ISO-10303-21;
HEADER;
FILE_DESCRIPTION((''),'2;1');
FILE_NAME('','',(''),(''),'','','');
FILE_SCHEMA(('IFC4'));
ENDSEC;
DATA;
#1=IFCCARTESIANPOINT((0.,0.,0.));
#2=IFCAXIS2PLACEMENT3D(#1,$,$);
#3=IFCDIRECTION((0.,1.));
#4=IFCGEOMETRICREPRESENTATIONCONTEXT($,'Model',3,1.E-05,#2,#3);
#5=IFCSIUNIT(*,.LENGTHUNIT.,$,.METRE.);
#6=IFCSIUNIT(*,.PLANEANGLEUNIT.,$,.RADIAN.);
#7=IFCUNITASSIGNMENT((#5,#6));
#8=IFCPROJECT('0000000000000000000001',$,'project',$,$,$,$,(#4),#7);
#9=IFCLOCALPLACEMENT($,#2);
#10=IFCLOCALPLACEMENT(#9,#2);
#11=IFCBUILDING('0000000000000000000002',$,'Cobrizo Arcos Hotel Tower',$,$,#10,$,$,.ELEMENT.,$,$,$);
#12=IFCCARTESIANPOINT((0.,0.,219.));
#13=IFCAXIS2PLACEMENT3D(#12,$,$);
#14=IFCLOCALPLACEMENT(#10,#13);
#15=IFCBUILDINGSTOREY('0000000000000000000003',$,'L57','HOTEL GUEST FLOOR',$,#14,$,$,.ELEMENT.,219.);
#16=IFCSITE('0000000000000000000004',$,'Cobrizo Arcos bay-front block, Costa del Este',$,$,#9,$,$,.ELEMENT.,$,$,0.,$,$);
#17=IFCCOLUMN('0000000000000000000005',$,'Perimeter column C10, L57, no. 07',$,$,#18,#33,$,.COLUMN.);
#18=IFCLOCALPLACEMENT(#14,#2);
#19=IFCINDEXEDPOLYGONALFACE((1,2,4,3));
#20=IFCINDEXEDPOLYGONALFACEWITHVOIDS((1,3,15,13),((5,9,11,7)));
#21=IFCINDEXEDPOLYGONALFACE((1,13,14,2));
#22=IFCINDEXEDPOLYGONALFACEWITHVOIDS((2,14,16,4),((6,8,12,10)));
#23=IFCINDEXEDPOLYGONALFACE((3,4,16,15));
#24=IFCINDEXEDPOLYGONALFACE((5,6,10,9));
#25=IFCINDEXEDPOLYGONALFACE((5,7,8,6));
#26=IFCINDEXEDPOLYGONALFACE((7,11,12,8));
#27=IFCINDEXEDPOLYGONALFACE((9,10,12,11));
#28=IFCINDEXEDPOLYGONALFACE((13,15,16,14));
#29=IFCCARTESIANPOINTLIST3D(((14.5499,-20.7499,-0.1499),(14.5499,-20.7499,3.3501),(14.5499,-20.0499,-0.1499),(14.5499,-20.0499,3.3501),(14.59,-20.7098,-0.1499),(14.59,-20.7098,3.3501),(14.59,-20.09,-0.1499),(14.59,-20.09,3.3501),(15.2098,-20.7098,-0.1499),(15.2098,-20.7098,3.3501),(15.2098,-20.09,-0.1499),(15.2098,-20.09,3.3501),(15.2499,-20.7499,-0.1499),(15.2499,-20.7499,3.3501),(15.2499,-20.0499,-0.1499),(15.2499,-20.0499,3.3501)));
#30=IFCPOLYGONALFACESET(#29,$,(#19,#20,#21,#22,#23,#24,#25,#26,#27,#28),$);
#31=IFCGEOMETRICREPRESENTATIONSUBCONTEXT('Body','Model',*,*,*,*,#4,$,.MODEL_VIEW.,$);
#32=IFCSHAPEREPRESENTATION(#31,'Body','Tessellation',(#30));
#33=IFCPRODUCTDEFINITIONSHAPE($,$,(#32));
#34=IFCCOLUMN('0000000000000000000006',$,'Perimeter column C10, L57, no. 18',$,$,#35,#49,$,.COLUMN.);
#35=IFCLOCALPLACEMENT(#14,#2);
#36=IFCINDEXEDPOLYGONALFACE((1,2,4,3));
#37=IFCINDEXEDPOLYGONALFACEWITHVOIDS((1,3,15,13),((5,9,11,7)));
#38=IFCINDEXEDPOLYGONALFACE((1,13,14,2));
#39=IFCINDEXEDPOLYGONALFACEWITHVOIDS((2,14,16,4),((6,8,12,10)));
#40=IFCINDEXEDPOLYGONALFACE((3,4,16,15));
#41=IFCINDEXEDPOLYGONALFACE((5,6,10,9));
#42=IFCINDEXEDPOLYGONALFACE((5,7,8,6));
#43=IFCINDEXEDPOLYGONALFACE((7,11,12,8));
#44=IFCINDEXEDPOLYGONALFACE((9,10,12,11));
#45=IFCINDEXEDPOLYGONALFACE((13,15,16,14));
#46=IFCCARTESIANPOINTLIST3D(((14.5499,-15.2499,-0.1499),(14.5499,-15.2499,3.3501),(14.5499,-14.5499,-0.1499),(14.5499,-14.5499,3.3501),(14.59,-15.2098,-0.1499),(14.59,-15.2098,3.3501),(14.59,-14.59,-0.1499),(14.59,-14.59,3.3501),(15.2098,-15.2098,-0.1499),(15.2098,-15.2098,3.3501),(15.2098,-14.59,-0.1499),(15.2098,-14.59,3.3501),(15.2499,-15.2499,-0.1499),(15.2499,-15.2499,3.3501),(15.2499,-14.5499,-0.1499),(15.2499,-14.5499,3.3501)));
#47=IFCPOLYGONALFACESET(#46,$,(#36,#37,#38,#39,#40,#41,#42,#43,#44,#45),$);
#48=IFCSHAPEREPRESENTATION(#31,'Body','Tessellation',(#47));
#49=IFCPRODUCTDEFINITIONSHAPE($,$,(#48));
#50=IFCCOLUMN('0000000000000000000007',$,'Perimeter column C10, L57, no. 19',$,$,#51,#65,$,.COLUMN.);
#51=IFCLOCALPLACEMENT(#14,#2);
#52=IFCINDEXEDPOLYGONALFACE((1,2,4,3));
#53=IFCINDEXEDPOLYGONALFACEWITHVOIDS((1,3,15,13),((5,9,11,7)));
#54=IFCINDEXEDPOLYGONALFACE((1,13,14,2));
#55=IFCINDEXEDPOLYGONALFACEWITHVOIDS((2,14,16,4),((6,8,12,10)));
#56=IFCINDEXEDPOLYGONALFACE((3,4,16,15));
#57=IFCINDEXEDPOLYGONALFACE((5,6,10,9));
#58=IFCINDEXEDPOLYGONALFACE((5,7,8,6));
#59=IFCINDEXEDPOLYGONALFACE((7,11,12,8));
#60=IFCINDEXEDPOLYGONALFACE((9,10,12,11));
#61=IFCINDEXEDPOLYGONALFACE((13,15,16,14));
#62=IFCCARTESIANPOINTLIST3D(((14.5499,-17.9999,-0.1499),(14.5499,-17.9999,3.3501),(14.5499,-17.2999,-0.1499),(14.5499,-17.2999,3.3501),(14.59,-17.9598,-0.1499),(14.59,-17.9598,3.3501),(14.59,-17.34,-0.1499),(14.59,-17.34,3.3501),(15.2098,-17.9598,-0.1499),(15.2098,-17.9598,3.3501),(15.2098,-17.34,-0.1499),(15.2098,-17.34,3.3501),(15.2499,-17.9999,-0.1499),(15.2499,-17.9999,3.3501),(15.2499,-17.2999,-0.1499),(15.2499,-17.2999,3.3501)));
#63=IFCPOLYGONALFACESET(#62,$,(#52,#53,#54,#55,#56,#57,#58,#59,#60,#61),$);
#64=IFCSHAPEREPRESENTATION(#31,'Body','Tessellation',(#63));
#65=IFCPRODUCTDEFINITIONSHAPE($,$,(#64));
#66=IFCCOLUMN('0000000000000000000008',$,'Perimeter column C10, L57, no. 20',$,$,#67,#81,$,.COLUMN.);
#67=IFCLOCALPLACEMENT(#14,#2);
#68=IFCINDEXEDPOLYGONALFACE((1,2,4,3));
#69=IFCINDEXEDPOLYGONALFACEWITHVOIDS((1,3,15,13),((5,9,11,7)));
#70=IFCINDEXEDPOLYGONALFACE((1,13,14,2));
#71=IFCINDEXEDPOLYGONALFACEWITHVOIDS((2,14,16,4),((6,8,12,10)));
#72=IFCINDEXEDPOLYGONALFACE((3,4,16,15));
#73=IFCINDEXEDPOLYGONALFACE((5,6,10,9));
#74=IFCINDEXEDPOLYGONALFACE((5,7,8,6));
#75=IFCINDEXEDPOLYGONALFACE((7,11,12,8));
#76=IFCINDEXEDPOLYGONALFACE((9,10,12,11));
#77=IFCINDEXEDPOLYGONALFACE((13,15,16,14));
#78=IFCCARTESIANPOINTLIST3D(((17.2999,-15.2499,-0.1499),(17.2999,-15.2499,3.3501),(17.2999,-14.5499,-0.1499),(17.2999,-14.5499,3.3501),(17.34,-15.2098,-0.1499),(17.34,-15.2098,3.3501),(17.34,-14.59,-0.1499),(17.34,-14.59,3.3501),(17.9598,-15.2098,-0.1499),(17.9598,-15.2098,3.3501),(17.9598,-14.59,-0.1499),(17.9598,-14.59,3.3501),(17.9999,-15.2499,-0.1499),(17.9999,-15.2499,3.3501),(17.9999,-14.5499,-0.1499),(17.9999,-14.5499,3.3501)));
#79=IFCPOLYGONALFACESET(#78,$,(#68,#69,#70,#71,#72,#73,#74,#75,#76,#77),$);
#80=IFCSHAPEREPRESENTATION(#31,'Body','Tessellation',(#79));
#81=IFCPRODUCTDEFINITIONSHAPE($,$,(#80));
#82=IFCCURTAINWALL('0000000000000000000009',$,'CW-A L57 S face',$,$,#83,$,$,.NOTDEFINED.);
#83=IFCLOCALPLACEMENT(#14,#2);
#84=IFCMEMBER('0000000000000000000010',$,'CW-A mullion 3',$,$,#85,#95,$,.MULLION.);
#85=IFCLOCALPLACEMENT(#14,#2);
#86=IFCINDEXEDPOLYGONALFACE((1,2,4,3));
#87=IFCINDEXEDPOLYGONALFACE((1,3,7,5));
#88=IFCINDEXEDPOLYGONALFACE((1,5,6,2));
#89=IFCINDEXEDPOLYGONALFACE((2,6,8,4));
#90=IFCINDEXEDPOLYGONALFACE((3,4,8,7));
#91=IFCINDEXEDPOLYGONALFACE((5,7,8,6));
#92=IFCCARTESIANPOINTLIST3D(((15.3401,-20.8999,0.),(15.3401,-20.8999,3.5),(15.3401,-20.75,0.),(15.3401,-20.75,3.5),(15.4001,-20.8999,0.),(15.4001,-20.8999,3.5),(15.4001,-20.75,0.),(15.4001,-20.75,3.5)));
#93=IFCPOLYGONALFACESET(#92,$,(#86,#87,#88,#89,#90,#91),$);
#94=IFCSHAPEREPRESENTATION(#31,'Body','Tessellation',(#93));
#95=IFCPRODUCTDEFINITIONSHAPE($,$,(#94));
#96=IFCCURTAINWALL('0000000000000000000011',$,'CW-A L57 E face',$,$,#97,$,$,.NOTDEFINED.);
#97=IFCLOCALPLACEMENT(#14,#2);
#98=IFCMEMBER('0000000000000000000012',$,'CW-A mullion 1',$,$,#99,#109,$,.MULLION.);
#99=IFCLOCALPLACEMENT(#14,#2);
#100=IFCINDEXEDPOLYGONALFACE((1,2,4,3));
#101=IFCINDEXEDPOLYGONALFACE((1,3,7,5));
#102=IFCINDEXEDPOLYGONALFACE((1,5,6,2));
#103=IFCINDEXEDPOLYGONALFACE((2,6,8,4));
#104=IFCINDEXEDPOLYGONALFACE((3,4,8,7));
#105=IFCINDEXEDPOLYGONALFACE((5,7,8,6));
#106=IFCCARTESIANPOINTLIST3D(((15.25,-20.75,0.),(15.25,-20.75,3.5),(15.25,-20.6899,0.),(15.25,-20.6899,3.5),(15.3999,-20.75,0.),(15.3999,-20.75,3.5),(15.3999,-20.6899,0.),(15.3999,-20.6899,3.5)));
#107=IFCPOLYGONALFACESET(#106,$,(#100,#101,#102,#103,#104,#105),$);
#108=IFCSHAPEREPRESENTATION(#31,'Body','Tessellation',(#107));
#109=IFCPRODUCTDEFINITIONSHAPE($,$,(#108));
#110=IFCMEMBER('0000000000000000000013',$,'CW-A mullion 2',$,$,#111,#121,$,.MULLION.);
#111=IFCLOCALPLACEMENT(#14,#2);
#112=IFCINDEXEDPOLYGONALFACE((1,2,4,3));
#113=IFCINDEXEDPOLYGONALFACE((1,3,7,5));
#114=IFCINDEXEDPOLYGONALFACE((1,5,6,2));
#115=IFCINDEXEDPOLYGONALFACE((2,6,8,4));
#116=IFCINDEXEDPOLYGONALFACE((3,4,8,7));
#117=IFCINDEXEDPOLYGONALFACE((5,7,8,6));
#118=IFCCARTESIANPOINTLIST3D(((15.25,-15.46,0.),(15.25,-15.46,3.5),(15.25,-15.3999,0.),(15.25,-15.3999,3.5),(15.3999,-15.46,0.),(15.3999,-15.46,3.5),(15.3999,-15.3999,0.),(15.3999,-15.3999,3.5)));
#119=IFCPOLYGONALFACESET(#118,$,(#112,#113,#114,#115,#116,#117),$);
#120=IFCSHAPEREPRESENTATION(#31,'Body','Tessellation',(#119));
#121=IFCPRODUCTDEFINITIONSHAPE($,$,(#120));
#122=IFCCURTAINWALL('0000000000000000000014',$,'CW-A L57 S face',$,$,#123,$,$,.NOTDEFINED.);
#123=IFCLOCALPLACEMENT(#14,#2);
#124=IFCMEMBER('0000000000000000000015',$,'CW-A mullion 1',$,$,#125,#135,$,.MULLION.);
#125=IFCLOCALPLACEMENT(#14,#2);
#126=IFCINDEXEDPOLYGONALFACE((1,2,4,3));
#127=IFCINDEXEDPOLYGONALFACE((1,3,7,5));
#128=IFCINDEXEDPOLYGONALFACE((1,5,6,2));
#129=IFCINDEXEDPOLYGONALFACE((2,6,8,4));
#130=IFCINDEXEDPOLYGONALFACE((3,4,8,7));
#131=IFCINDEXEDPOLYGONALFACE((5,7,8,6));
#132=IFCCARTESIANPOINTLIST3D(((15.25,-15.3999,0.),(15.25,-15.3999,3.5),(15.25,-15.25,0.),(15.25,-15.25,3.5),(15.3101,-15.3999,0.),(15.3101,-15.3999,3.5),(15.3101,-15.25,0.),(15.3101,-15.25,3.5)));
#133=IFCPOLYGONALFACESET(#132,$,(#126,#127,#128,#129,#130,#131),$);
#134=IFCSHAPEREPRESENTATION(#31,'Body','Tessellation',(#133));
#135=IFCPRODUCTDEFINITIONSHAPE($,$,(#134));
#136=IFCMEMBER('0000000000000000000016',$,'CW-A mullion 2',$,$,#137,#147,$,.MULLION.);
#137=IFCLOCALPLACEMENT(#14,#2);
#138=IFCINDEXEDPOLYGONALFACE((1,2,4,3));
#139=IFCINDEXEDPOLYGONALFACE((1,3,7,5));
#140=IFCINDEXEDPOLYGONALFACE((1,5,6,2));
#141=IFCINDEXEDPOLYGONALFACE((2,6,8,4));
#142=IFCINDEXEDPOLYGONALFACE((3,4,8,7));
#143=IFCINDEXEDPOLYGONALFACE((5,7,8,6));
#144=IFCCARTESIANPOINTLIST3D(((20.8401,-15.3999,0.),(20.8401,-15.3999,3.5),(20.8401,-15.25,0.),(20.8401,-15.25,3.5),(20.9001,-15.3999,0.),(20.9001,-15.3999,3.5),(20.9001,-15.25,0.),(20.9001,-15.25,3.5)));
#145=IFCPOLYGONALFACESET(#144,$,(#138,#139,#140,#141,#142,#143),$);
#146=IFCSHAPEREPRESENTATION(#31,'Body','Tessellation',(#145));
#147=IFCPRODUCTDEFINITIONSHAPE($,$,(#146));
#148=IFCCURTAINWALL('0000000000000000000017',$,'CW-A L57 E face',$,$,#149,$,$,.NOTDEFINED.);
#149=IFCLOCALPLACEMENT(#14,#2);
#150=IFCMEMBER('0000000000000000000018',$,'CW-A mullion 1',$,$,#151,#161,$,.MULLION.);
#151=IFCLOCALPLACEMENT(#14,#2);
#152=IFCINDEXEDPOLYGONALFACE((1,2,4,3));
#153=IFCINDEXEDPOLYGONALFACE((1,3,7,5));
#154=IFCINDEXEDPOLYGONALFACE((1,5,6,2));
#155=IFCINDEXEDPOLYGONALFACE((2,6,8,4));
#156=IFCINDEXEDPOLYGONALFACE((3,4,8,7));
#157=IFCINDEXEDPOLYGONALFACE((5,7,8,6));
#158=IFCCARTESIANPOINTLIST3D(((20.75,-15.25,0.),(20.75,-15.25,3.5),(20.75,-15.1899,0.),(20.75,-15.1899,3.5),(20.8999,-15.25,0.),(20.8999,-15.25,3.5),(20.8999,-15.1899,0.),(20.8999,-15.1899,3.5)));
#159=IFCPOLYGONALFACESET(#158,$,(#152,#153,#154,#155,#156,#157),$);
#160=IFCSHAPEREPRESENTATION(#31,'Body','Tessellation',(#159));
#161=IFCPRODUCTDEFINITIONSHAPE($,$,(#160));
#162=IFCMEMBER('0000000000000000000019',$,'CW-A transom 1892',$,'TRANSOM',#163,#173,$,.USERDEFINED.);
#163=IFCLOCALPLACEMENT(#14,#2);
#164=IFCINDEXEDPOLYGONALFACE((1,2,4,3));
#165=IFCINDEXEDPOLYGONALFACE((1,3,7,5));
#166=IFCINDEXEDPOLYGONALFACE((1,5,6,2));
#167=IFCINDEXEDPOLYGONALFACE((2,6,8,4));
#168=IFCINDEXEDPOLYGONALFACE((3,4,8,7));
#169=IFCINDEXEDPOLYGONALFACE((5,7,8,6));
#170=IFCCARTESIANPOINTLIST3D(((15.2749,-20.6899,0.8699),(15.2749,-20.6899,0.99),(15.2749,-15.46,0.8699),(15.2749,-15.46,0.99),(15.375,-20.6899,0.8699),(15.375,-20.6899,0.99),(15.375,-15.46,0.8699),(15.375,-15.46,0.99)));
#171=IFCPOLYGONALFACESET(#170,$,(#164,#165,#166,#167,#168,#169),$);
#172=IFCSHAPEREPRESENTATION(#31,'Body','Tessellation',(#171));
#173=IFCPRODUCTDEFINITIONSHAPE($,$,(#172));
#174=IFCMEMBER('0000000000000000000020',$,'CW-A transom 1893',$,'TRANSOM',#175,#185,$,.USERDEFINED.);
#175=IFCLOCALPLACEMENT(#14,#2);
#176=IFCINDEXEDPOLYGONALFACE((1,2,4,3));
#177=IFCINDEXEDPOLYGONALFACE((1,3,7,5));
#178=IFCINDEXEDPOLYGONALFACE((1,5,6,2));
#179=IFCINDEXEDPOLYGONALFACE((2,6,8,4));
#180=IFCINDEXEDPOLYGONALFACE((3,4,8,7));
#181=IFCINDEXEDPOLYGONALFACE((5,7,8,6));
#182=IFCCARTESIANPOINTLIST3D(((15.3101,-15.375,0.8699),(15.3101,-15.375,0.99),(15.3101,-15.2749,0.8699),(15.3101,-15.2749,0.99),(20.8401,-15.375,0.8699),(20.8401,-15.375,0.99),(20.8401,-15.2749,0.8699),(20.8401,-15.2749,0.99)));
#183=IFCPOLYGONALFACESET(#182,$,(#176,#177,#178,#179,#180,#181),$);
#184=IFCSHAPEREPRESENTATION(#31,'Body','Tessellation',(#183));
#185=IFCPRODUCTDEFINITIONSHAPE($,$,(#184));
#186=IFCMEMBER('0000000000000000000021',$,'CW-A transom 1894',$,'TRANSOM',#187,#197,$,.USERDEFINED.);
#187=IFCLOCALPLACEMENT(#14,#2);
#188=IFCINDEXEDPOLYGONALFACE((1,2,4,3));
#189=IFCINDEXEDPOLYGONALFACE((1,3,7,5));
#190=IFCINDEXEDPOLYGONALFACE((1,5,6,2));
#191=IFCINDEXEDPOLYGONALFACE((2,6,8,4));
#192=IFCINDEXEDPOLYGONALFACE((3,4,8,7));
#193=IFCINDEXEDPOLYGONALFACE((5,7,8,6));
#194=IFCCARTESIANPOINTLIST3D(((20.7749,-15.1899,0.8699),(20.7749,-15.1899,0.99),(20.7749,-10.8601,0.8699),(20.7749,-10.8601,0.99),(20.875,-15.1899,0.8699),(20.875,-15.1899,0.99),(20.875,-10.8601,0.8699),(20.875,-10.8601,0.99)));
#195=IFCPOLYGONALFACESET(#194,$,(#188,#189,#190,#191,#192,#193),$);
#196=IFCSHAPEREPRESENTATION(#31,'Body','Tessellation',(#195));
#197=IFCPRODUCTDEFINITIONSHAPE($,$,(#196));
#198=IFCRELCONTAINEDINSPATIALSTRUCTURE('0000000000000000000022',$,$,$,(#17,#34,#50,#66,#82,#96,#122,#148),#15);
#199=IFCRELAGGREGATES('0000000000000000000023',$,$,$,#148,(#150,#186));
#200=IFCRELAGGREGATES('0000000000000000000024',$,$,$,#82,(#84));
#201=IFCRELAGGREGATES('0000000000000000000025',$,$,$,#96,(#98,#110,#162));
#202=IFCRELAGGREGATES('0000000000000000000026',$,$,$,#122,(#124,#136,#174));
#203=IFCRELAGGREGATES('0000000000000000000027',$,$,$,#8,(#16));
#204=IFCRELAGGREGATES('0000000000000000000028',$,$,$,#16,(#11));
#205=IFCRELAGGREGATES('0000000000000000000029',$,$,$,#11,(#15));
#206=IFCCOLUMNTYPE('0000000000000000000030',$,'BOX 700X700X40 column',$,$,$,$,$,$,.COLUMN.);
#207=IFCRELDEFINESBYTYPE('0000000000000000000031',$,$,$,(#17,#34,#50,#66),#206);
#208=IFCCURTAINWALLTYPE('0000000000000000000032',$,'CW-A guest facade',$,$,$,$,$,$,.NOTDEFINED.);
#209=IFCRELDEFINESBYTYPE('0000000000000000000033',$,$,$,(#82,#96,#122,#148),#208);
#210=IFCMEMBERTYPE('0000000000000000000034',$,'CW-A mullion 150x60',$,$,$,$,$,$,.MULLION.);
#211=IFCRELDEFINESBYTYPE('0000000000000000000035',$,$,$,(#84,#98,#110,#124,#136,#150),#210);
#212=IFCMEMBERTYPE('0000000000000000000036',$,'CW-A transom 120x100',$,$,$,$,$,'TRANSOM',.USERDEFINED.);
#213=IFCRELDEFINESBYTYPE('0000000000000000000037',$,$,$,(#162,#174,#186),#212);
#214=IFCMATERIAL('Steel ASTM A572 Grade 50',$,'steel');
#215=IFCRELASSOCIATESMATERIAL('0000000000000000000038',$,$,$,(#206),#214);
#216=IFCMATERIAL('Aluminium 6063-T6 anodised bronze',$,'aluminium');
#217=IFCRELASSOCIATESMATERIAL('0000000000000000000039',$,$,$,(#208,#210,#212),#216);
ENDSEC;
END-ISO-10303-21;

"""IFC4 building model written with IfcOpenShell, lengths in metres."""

from ifc_helpers import new_model, si_unit, direction, frame, origin, origin_2d, place, context, subcontext, project, spatial, rectangle, hollow_rectangle, extrude, material, material_profile, profile_set, type_object, element, aggregate, save


model = new_model("IFC4")

# Units and contexts
model_context = context("Model", 3, precision=1e-05, world=origin(), true_north=direction((0.0, 1.0)))
body_context = subcontext(model_context, "Body", "Model", "MODEL_VIEW")
ifc_project = project(units=[si_unit("LENGTHUNIT", "METRE"), si_unit("PLANEANGLEUNIT", "RADIAN")], contexts=[model_context])

# Site, building, storey
site_placement = place(None, origin())
site = spatial("IfcSite", under=ifc_project, at=site_placement, Name="Cobrizo Arcos bay-front block, Costa del Este", CompositionType="ELEMENT", RefElevation=0.0)
building_placement = place(site_placement, origin())
building = spatial("IfcBuilding", under=site, at=building_placement, Name="Cobrizo Arcos Hotel Tower", CompositionType="ELEMENT")
storey_placement = place(building_placement, frame((0.0, 0.0, 219.0)))
storey = spatial("IfcBuildingStorey", under=building, at=storey_placement, Name="L57", Description="HOTEL GUEST FLOOR", CompositionType="ELEMENT", Elevation=219.0)

# Columns
ifc_material_1 = material(Name="Steel ASTM A572 Grade 50", Category="steel")
ifc_material_profile_1 = material_profile(ifc_material_1, hollow_rectangle(XDim=0.7, YDim=0.7, WallThickness=0.04, at=origin_2d()), Name="BOX 700X700X40")
ifc_profile_set_1 = profile_set([ifc_material_profile_1], Name="Steel ASTM A572 Grade 50")
column_type = type_object("IfcColumnType", Name="BOX 700X700X40 column", PredefinedType="COLUMN", material=ifc_profile_set_1)
for number, where, z_axis, x_axis, name in (
    (1, (14.8999, -20.3999, -0.1499), (0.0, 0.0, 1.0), (1.0, 0.0, 0.0), "Perimeter column C10, L57, no. 07"),
    (2, (14.8999, -14.8999, -0.1499), (0.0, 0.0, 1.0), (1.0, 0.0, 0.0), "Perimeter column C10, L57, no. 18"),
    (3, (14.8999, -17.6499, -0.1499), (0.0, 0.0, 1.0), (1.0, 0.0, 0.0), "Perimeter column C10, L57, no. 19"),
    (4, (17.6499, -14.8999, -0.1499), (0.0, 0.0, 1.0), (1.0, 0.0, 0.0), "Perimeter column C10, L57, no. 20"),
):
    element("IfcColumn", number, at=place(storey_placement, frame(where, z_axis=z_axis, x_axis=x_axis)), inside=storey, type_object=column_type, Name=name, PredefinedType="COLUMN", context=body_context, shape_type="SweptSolid", body=[
        extrude(hollow_rectangle(XDim=0.7, YDim=0.7, WallThickness=0.04, at=origin_2d()), origin(), (0.0, 0.0, 1.0), 3.5),
    ])

# Curtain wall, member
ifc_material_2 = material(Name="Aluminium 6063-T6 anodised bronze", Category="aluminium")
curtain_wall_type = type_object("IfcCurtainWallType", Name="CW-A guest facade", PredefinedType="NOTDEFINED", material=ifc_material_2)
curtain_wall_1_placement = place(storey_placement, origin())
curtain_wall_1 = element("IfcCurtainWall", 5, at=curtain_wall_1_placement, inside=storey, type_object=curtain_wall_type, Name="CW-A L57 S face", PredefinedType="NOTDEFINED")
ifc_material_profile_2 = material_profile(ifc_material_2, rectangle(XDim=0.1499, YDim=0.0601, at=origin_2d()), Name="CW-A mullion 150x60")
ifc_profile_set_2 = profile_set([ifc_material_profile_2], Name="Aluminium 6063-T6 anodised bronze")
member_type_1 = type_object("IfcMemberType", Name="CW-A mullion 150x60", PredefinedType="MULLION", material=ifc_profile_set_2)
member_1_placement = place(storey_placement, frame((15.3701, -20.825, 0.0), z_axis=(0.0, 0.0, 1.0), x_axis=(0.0, -1.0, 0.0)))
member_1 = element("IfcMember", 6, at=member_1_placement, type_object=member_type_1, Name="CW-A mullion 3", PredefinedType="MULLION", context=body_context, shape_type="SweptSolid", body=[
    extrude(rectangle(XDim=0.1499, YDim=0.0601, at=origin_2d()), origin(), (0.0, 0.0, 1.0), 3.5),
])

# Curtain walls, members
curtain_wall_2_placement = place(storey_placement, origin())
curtain_wall_2 = element("IfcCurtainWall", 7, at=curtain_wall_2_placement, inside=storey, type_object=curtain_wall_type, Name="CW-A L57 E face", PredefinedType="NOTDEFINED")
member_2_placement = place(storey_placement, frame((15.325, -20.72, 0.0), z_axis=(0.0, 0.0, 1.0), x_axis=(1.0, 0.0, 0.0)))
member_2 = element("IfcMember", 8, at=member_2_placement, type_object=member_type_1, Name="CW-A mullion 1", PredefinedType="MULLION", context=body_context, shape_type="SweptSolid", body=[
    extrude(rectangle(XDim=0.1499, YDim=0.0601, at=origin_2d()), origin(), (0.0, 0.0, 1.0), 3.5),
])
member_3_placement = place(storey_placement, frame((15.325, -15.4299, 0.0), z_axis=(0.0, 0.0, 1.0), x_axis=(1.0, 0.0, 0.0)))
member_3 = element("IfcMember", 9, at=member_3_placement, type_object=member_type_1, Name="CW-A mullion 2", PredefinedType="MULLION", context=body_context, shape_type="SweptSolid", body=[
    extrude(rectangle(XDim=0.1499, YDim=0.0601, at=origin_2d()), origin(), (0.0, 0.0, 1.0), 3.5),
])
curtain_wall_3_placement = place(storey_placement, origin())
curtain_wall_3 = element("IfcCurtainWall", 10, at=curtain_wall_3_placement, inside=storey, type_object=curtain_wall_type, Name="CW-A L57 S face", PredefinedType="NOTDEFINED")
member_4_placement = place(storey_placement, frame((15.28, -15.325, 0.0), z_axis=(0.0, 0.0, 1.0), x_axis=(0.0, -1.0, 0.0)))
member_4 = element("IfcMember", 11, at=member_4_placement, type_object=member_type_1, Name="CW-A mullion 1", PredefinedType="MULLION", context=body_context, shape_type="SweptSolid", body=[
    extrude(rectangle(XDim=0.1499, YDim=0.0601, at=origin_2d()), origin(), (0.0, 0.0, 1.0), 3.5),
])
member_5_placement = place(storey_placement, frame((20.8701, -15.325, 0.0), z_axis=(0.0, 0.0, 1.0), x_axis=(0.0, -1.0, 0.0)))
member_5 = element("IfcMember", 12, at=member_5_placement, type_object=member_type_1, Name="CW-A mullion 2", PredefinedType="MULLION", context=body_context, shape_type="SweptSolid", body=[
    extrude(rectangle(XDim=0.1499, YDim=0.0601, at=origin_2d()), origin(), (0.0, 0.0, 1.0), 3.5),
])

# Curtain wall, member
curtain_wall_4_placement = place(storey_placement, origin())
curtain_wall_4 = element("IfcCurtainWall", 13, at=curtain_wall_4_placement, inside=storey, type_object=curtain_wall_type, Name="CW-A L57 E face", PredefinedType="NOTDEFINED")
member_6_placement = place(storey_placement, frame((20.825, -15.22, 0.0), z_axis=(0.0, 0.0, 1.0), x_axis=(1.0, 0.0, 0.0)))
member_6 = element("IfcMember", 14, at=member_6_placement, type_object=member_type_1, Name="CW-A mullion 1", PredefinedType="MULLION", context=body_context, shape_type="SweptSolid", body=[
    extrude(rectangle(XDim=0.1499, YDim=0.0601, at=origin_2d()), origin(), (0.0, 0.0, 1.0), 3.5),
])

# Members
ifc_material_profile_3 = material_profile(ifc_material_2, rectangle(XDim=0.1001, YDim=0.1201, at=origin_2d()), Name="CW-A transom 120x100")
ifc_profile_set_3 = profile_set([ifc_material_profile_3], Name="Aluminium 6063-T6 anodised bronze")
member_type_2 = type_object("IfcMemberType", Name="CW-A transom 120x100", ElementType="TRANSOM", PredefinedType="USERDEFINED", material=ifc_profile_set_3)
member_7_placement = place(storey_placement, frame((15.325, -20.6899, 0.9299), z_axis=(0.0, 1.0, 0.0), x_axis=(-1.0, 0.0, 0.0)))
member_7 = element("IfcMember", 15, at=member_7_placement, type_object=member_type_2, Name="CW-A transom 1892", ObjectType="TRANSOM", PredefinedType="USERDEFINED", context=body_context, shape_type="SweptSolid", body=[
    extrude(rectangle(XDim=0.1001, YDim=0.1201, at=origin_2d()), origin(), (0.0, 0.0, 1.0), 5.23),
])
member_8_placement = place(storey_placement, frame((15.3101, -15.325, 0.9299), z_axis=(1.0, 0.0, 0.0), x_axis=(0.0, 1.0, 0.0)))
member_8 = element("IfcMember", 16, at=member_8_placement, type_object=member_type_2, Name="CW-A transom 1893", ObjectType="TRANSOM", PredefinedType="USERDEFINED", context=body_context, shape_type="SweptSolid", body=[
    extrude(rectangle(XDim=0.1001, YDim=0.1201, at=origin_2d()), origin(), (0.0, 0.0, 1.0), 5.53),
])
member_9_placement = place(storey_placement, frame((20.825, -15.1899, 0.9299), z_axis=(0.0, 1.0, 0.0), x_axis=(-1.0, 0.0, 0.0)))
member_9 = element("IfcMember", 17, at=member_9_placement, type_object=member_type_2, Name="CW-A transom 1894", ObjectType="TRANSOM", PredefinedType="USERDEFINED", context=body_context, shape_type="SweptSolid", body=[
    extrude(rectangle(XDim=0.1001, YDim=0.1201, at=origin_2d()), origin(), (0.0, 0.0, 1.0), 4.3298),
])
aggregate(curtain_wall_4, [member_6, member_9])

aggregate(curtain_wall_1, [member_1])
aggregate(curtain_wall_2, [member_2, member_3, member_7])
aggregate(curtain_wall_3, [member_4, member_5, member_8])

save(model, "model.ifc")
